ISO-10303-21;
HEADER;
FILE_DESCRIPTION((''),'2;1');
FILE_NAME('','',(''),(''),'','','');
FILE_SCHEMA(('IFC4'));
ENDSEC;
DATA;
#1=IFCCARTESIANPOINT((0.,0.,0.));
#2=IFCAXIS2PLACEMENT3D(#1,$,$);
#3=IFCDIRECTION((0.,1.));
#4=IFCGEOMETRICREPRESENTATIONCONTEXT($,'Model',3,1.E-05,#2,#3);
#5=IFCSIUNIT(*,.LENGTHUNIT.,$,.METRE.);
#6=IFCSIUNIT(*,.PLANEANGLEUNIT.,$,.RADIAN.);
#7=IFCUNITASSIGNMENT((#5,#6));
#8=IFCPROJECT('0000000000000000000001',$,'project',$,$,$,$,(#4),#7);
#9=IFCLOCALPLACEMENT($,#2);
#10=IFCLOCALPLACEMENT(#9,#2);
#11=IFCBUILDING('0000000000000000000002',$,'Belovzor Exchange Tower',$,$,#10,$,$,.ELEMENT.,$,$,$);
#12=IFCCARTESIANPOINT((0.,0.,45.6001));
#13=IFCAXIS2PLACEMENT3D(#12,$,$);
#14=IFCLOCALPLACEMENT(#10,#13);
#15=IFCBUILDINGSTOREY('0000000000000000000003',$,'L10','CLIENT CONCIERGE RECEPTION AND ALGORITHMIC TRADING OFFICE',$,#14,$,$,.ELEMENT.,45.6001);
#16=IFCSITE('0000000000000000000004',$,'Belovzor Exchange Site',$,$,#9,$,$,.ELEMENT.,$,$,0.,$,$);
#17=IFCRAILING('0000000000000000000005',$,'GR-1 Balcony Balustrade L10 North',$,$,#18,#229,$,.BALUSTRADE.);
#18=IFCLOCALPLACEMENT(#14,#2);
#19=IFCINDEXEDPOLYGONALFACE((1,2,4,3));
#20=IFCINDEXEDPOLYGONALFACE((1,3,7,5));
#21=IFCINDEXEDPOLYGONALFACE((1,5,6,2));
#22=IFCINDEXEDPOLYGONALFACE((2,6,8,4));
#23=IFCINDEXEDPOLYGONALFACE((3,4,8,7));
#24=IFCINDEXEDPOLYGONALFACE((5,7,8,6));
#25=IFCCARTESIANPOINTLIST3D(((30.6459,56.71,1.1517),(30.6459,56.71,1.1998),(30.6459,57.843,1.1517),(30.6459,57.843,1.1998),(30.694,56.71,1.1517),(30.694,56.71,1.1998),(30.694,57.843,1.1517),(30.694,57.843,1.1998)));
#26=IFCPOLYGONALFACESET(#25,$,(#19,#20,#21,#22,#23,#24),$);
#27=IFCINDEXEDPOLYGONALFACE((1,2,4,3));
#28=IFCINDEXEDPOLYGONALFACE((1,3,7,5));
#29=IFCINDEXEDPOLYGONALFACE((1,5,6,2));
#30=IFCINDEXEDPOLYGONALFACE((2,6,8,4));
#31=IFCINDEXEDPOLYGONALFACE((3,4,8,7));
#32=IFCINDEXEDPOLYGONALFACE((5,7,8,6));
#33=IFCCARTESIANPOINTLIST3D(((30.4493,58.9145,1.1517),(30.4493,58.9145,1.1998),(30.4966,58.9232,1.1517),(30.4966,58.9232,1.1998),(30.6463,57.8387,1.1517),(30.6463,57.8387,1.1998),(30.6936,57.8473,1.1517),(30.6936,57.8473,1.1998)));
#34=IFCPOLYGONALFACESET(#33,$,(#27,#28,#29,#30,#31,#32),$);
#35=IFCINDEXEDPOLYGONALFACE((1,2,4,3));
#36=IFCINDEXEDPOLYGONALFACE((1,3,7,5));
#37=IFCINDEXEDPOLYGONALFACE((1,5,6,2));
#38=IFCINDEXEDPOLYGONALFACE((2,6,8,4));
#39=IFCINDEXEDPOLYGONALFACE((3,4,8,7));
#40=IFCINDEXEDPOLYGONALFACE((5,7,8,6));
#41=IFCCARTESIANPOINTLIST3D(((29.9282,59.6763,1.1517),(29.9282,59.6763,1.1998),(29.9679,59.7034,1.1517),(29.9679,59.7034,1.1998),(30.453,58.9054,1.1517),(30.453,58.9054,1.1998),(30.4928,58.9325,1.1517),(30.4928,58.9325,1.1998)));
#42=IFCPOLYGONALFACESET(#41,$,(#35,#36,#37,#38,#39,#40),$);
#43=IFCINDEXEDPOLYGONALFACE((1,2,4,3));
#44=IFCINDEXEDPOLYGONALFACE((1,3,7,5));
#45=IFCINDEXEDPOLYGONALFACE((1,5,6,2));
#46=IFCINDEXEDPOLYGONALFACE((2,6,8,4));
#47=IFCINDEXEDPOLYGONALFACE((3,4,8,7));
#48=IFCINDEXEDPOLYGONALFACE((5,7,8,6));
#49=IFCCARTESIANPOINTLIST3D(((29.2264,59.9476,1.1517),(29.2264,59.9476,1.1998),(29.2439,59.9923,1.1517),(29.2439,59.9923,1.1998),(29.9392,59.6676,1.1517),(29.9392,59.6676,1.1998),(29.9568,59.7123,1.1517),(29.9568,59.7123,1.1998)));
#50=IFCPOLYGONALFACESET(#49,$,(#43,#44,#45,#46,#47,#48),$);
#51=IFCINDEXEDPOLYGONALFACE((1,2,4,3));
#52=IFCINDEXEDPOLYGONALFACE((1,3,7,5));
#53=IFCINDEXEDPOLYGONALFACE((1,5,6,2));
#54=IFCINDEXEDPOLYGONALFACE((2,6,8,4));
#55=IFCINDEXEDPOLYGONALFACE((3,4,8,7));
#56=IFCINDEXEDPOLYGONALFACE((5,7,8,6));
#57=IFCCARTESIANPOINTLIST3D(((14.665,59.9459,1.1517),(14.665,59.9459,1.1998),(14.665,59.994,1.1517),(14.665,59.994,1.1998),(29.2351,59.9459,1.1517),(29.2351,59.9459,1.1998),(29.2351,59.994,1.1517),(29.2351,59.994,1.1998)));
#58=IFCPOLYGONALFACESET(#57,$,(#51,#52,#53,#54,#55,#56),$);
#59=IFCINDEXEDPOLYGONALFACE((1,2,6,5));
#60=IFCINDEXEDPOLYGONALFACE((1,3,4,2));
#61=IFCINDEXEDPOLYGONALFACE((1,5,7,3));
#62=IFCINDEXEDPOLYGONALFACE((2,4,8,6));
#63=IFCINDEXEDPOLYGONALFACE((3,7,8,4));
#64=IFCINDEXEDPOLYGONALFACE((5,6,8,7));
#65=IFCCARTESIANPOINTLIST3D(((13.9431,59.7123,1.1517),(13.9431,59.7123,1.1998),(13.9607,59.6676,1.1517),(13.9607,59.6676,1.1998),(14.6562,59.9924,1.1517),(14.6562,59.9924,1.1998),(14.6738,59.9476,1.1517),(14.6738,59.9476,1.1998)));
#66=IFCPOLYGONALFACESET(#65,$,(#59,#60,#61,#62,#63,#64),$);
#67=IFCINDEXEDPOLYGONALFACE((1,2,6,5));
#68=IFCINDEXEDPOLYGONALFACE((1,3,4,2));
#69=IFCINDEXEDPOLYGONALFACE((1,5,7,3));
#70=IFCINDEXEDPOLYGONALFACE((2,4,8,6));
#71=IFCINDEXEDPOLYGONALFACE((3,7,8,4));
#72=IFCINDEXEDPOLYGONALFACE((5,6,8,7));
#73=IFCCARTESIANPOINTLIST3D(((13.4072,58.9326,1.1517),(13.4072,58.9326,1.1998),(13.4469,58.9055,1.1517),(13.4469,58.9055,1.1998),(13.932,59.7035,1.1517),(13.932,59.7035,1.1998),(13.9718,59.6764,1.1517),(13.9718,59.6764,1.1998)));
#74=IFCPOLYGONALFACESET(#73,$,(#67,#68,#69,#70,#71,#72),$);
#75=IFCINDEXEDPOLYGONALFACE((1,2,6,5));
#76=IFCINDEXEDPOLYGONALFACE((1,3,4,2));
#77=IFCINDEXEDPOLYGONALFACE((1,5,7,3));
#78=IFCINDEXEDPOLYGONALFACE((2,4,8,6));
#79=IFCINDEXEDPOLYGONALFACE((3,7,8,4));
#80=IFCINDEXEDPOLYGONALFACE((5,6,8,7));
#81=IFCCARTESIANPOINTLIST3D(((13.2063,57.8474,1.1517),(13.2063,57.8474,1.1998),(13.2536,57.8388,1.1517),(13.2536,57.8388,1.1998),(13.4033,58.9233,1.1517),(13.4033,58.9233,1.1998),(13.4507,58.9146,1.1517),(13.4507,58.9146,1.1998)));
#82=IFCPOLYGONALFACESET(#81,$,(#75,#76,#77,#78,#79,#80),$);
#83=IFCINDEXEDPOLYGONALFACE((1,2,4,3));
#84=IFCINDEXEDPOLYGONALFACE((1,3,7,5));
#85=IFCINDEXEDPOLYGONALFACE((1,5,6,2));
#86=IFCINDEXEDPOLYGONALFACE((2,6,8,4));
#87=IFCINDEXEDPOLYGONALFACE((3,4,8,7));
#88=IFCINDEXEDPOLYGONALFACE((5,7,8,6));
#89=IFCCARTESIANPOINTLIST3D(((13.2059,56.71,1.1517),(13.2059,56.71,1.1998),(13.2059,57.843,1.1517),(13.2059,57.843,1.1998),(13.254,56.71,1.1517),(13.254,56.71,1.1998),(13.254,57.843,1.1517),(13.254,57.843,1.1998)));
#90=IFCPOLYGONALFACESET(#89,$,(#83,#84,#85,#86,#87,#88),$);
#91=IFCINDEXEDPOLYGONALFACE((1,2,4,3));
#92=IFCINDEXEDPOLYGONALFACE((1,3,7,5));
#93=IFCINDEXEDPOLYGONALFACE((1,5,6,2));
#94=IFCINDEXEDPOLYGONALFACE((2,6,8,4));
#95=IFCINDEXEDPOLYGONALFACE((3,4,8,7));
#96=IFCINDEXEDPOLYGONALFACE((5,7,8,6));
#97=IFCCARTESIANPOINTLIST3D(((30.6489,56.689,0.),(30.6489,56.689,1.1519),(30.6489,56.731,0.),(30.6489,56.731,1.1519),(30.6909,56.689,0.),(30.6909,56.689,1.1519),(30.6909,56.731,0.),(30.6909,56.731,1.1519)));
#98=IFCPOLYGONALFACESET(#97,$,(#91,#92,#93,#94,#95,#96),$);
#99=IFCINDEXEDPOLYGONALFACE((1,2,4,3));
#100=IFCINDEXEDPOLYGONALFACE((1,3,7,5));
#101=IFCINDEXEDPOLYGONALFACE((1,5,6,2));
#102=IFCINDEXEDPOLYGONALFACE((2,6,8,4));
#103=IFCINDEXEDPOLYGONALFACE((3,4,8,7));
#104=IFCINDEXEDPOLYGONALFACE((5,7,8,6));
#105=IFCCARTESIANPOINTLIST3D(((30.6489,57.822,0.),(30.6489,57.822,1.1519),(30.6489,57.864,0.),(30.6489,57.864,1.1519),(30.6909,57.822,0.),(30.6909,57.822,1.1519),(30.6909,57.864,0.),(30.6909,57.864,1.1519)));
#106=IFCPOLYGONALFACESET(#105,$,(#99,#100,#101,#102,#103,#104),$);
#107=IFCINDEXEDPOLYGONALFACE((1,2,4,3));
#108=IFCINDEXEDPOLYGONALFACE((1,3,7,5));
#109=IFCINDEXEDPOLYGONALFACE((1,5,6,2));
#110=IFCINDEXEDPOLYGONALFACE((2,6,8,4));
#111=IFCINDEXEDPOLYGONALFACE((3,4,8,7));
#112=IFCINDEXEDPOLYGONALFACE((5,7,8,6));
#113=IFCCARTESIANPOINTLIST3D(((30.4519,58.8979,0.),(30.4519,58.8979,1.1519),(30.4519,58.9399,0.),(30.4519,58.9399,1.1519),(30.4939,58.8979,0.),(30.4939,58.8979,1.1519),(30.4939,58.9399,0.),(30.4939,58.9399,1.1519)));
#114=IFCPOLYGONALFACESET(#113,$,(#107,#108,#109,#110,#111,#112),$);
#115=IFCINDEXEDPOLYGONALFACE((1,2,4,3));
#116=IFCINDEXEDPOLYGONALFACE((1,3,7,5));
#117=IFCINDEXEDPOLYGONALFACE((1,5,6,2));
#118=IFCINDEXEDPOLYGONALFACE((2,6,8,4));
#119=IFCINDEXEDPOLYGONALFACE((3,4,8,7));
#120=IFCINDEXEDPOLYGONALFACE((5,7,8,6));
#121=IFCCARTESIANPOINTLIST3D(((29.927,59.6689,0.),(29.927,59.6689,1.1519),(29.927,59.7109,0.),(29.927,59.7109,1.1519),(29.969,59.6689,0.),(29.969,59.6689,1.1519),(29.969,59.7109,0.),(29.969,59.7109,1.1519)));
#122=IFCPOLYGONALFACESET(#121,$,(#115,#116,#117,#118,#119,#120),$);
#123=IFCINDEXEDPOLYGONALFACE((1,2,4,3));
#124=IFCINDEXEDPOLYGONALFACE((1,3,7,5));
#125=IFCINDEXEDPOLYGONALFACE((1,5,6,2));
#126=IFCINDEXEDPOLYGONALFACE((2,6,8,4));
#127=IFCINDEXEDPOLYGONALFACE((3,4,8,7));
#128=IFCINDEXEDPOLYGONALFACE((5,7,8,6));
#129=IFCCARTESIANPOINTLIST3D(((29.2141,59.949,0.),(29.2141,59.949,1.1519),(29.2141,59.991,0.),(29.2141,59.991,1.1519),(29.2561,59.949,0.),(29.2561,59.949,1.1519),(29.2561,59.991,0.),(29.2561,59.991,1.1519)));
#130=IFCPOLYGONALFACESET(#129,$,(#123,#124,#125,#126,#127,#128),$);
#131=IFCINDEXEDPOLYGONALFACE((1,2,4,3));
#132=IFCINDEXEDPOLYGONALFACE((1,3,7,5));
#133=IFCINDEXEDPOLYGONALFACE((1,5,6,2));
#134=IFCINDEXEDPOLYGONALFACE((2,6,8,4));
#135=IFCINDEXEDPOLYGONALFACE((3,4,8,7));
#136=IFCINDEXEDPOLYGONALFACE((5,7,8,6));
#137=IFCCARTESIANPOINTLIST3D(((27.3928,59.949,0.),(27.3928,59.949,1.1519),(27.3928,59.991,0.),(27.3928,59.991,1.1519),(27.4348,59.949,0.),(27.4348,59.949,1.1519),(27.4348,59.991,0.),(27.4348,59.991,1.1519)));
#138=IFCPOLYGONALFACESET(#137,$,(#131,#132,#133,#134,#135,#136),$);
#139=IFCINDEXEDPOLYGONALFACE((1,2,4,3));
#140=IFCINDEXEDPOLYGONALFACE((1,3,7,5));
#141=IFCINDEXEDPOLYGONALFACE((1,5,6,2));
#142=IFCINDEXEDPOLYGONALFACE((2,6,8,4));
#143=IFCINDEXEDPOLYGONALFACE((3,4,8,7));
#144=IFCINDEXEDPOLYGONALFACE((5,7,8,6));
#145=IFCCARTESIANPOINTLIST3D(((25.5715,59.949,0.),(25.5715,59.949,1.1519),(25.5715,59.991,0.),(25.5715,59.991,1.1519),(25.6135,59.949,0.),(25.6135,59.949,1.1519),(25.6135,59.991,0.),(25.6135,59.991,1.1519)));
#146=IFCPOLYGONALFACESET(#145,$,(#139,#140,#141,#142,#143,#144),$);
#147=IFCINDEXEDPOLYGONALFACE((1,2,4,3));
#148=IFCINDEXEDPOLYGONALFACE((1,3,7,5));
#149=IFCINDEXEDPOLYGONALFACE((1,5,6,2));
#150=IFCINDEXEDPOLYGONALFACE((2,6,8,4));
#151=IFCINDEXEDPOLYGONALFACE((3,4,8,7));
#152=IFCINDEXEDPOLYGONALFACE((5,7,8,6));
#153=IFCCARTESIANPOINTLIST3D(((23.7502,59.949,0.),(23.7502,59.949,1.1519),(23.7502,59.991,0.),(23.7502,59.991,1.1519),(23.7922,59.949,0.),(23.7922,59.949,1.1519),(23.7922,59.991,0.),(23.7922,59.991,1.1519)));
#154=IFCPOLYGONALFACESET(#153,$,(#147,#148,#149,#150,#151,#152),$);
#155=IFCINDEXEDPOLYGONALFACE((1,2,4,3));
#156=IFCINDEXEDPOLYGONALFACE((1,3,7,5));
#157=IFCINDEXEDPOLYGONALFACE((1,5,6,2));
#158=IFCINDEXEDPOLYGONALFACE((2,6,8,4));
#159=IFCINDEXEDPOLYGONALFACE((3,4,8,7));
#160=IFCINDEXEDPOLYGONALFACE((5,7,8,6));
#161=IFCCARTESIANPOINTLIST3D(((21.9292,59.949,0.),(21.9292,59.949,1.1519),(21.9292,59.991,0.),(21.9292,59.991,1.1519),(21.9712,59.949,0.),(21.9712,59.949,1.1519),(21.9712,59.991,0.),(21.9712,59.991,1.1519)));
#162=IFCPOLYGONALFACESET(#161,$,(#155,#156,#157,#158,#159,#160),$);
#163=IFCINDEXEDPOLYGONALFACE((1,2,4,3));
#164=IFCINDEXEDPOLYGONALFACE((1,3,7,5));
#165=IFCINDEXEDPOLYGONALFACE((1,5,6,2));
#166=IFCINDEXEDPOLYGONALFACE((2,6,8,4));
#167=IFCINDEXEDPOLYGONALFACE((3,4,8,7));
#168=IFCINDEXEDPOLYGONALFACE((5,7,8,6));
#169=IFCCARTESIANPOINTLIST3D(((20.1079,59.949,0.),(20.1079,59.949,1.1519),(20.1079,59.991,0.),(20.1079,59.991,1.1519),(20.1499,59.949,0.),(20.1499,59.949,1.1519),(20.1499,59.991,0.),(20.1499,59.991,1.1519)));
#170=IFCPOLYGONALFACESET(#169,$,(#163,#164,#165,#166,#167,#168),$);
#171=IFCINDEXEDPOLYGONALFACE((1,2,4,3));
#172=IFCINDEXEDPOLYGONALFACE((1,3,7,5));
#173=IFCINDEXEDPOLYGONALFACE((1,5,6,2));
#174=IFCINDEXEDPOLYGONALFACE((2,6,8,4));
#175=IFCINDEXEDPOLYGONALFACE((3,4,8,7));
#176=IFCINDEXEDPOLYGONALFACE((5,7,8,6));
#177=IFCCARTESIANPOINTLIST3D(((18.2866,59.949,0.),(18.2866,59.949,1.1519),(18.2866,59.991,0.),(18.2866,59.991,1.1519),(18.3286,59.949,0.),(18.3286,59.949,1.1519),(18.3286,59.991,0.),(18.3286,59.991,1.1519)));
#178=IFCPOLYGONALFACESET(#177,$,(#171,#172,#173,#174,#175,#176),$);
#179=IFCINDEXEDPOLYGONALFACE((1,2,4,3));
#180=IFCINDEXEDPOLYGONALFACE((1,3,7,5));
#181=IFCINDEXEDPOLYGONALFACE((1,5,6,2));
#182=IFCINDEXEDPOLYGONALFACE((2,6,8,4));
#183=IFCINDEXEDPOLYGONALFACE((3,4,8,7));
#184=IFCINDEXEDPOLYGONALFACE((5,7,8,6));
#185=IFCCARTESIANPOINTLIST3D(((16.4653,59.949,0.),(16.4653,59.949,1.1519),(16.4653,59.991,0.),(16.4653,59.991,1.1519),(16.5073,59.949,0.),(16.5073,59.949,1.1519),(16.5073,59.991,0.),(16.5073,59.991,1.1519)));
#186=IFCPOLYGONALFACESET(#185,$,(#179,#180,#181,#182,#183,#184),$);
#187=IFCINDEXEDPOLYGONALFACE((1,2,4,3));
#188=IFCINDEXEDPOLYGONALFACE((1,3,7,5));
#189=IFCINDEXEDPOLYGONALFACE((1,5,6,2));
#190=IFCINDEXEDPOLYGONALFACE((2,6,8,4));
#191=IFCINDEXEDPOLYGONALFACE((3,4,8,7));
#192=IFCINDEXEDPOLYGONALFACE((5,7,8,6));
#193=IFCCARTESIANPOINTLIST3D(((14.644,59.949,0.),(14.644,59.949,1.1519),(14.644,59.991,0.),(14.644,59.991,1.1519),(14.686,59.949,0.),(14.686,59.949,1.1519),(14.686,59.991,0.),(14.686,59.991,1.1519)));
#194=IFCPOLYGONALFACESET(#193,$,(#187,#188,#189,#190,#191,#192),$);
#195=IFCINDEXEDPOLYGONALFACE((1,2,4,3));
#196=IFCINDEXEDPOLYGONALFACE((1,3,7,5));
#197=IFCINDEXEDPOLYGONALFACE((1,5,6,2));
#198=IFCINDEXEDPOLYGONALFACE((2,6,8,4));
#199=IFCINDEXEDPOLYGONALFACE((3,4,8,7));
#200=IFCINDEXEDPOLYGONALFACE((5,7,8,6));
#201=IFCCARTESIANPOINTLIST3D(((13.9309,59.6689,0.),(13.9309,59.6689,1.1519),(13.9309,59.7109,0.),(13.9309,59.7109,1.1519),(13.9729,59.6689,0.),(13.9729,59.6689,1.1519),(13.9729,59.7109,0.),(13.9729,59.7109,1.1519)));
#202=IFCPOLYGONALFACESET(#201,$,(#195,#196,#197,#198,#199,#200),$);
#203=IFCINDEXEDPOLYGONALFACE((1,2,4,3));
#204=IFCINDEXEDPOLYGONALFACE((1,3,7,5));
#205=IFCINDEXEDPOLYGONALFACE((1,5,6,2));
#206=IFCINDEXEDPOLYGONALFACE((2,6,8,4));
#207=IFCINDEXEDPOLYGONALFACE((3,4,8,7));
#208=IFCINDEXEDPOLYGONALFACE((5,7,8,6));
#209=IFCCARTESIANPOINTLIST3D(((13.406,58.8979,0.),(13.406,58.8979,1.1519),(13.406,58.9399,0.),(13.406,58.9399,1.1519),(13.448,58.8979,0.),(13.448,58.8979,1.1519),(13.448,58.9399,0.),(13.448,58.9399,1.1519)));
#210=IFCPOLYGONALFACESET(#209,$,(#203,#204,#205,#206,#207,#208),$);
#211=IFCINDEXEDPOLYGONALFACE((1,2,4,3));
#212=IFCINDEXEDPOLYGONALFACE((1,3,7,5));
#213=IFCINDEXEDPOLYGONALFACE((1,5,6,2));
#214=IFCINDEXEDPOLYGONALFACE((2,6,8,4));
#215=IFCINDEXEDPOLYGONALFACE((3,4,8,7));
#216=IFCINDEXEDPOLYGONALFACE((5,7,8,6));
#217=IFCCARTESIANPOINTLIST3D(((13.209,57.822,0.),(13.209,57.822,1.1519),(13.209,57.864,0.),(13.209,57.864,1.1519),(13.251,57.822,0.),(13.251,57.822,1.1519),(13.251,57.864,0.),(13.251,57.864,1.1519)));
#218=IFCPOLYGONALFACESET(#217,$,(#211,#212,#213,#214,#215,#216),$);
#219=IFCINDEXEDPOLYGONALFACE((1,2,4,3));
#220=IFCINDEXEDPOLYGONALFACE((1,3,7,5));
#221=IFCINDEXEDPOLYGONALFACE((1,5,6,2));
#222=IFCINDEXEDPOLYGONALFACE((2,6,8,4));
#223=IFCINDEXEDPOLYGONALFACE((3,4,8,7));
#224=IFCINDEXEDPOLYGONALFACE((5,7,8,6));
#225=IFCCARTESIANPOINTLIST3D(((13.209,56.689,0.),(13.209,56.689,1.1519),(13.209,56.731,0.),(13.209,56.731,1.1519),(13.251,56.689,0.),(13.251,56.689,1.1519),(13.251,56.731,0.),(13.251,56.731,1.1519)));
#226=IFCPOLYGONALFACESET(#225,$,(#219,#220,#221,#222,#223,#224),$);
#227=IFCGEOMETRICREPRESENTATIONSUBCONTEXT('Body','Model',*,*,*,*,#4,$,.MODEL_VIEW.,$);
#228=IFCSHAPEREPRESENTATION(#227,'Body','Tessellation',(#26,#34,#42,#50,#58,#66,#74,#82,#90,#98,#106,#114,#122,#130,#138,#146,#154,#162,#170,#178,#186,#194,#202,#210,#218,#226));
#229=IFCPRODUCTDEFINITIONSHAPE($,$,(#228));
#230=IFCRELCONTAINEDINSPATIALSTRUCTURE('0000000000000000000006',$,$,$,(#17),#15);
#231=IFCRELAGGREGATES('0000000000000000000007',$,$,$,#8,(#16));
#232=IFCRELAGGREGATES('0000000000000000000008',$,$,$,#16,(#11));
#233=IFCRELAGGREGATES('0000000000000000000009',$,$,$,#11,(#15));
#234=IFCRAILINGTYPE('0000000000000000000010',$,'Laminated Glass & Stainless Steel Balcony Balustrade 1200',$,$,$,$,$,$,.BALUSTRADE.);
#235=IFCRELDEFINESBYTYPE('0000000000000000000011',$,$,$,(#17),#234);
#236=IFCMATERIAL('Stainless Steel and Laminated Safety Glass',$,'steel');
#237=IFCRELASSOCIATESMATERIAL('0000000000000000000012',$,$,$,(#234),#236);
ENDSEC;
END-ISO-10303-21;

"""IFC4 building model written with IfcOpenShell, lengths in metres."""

from ifc_helpers import new_model, si_unit, direction, frame, origin, origin_2d, place, context, subcontext, project, spatial, rectangle, extrude, material, type_object, element, save


model = new_model("IFC4")

# Units and contexts
model_context = context("Model", 3, precision=1e-05, world=origin(), true_north=direction((0.0, 1.0)))
body_context = subcontext(model_context, "Body", "Model", "MODEL_VIEW")
ifc_project = project(units=[si_unit("LENGTHUNIT", "METRE"), si_unit("PLANEANGLEUNIT", "RADIAN")], contexts=[model_context])

# Site, building, storey
site_placement = place(None, origin())
site = spatial("IfcSite", under=ifc_project, at=site_placement, Name="Belovzor Exchange Site", CompositionType="ELEMENT", RefElevation=0.0)
building_placement = place(site_placement, origin())
building = spatial("IfcBuilding", under=site, at=building_placement, Name="Belovzor Exchange Tower", CompositionType="ELEMENT")
storey_placement = place(building_placement, frame((0.0, 0.0, 45.6001)))
storey = spatial("IfcBuildingStorey", under=building, at=storey_placement, Name="L10", Description="CLIENT CONCIERGE RECEPTION AND ALGORITHMIC TRADING OFFICE", CompositionType="ELEMENT", Elevation=45.6001)

# Railing
ifc_material_1 = material(Name="Stainless Steel and Laminated Safety Glass", Category="steel")
railing_type = type_object("IfcRailingType", Name="Laminated Glass & Stainless Steel Balcony Balustrade 1200", PredefinedType="BALUSTRADE", material=ifc_material_1)
railing_placement = place(storey_placement, frame((30.6699, 56.71, 0.0)))
element("IfcRailing", 1, at=railing_placement, inside=storey, type_object=railing_type, Name="GR-1 Balcony Balustrade L10 North", PredefinedType="BALUSTRADE", context=body_context, shape_type="SweptSolid", body=[
    extrude(rectangle(XDim=0.0481, YDim=0.0481, at=origin_2d()), frame((0.0, 0.0, 1.1758), z_axis=(0.0, 1.0, 0.0), x_axis=(-1.0, 0.0, 0.0)), (0.0, 0.0, 1.0), 1.1331),
    extrude(rectangle(XDim=0.0481, YDim=0.0481, at=origin_2d()), frame((0.0, 1.1331, 1.1758), z_axis=(-0.180123, 0.983644, 0.0), x_axis=(-0.983644, -0.180123, 0.0)), (0.0, 0.0, 1.0), 1.0938),
    extrude(rectangle(XDim=0.0481, YDim=0.0481, at=origin_2d()), frame((-0.197, 2.209, 1.1758), z_axis=(-0.562768, 0.826615, 0.0), x_axis=(-0.826615, -0.562768, 0.0)), (0.0, 0.0, 1.0), 0.9326),
    extrude(rectangle(XDim=0.0481, YDim=0.0481, at=origin_2d()), frame((-0.7219, 2.98, 1.1758), z_axis=(-0.930767, 0.365613, 0.0), x_axis=(-0.365613, -0.930767, 0.0)), (0.0, 0.0, 1.0), 0.7659),
    extrude(rectangle(XDim=0.0481, YDim=0.0481, at=origin_2d()), frame((-1.4348, 3.26, 1.1758), z_axis=(-1.0, 0.0, 0.0), x_axis=(0.0, -1.0, 0.0)), (0.0, 0.0, 1.0), 14.5701),
    extrude(rectangle(XDim=0.0481, YDim=0.0481, at=origin_2d()), frame((-16.0049, 3.26, 1.1758), z_axis=(-0.93081, -0.365504, 0.0), x_axis=(0.365504, -0.93081, 0.0)), (0.0, 0.0, 1.0), 0.7661),
    extrude(rectangle(XDim=0.0481, YDim=0.0481, at=origin_2d()), frame((-16.718, 2.98, 1.1758), z_axis=(-0.562768, -0.826615, 0.0), x_axis=(0.826615, -0.562768, 0.0)), (0.0, 0.0, 1.0), 0.9326),
    extrude(rectangle(XDim=0.0481, YDim=0.0481, at=origin_2d()), frame((-17.2429, 2.209, 1.1758), z_axis=(-0.180123, -0.983644, 0.0), x_axis=(0.983644, -0.180123, 0.0)), (0.0, 0.0, 1.0), 1.0938),
    extrude(rectangle(XDim=0.0481, YDim=0.0481, at=origin_2d()), frame((-17.4399, 1.1331, 1.1758), z_axis=(0.0, -1.0, 0.0), x_axis=(1.0, 0.0, 0.0)), (0.0, 0.0, 1.0), 1.1331),
    extrude(rectangle(XDim=0.042, YDim=0.042, at=origin_2d()), origin(), (0.0, 0.0, 1.0), 1.1519),
    extrude(rectangle(XDim=0.042, YDim=0.042, at=origin_2d()), frame((0.0, 1.1331, 0.0)), (0.0, 0.0, 1.0), 1.1519),
    extrude(rectangle(XDim=0.042, YDim=0.042, at=origin_2d()), frame((-0.197, 2.209, 0.0)), (0.0, 0.0, 1.0), 1.1519),
    extrude(rectangle(XDim=0.042, YDim=0.042, at=origin_2d()), frame((-0.7219, 2.98, 0.0)), (0.0, 0.0, 1.0), 1.1519),
    extrude(rectangle(XDim=0.042, YDim=0.042, at=origin_2d()), frame((-1.4348, 3.26, 0.0)), (0.0, 0.0, 1.0), 1.1519),
    extrude(rectangle(XDim=0.042, YDim=0.042, at=origin_2d()), frame((-3.2561, 3.26, 0.0)), (0.0, 0.0, 1.0), 1.1519),
    extrude(rectangle(XDim=0.042, YDim=0.042, at=origin_2d()), frame((-5.0774, 3.26, 0.0)), (0.0, 0.0, 1.0), 1.1519),
    extrude(rectangle(XDim=0.042, YDim=0.042, at=origin_2d()), frame((-6.8987, 3.26, 0.0)), (0.0, 0.0, 1.0), 1.1519),
    extrude(rectangle(XDim=0.042, YDim=0.042, at=origin_2d()), frame((-8.7197, 3.26, 0.0)), (0.0, 0.0, 1.0), 1.1519),
    extrude(rectangle(XDim=0.042, YDim=0.042, at=origin_2d()), frame((-10.541, 3.26, 0.0)), (0.0, 0.0, 1.0), 1.1519),
    extrude(rectangle(XDim=0.042, YDim=0.042, at=origin_2d()), frame((-12.3623, 3.26, 0.0)), (0.0, 0.0, 1.0), 1.1519),
    extrude(rectangle(XDim=0.042, YDim=0.042, at=origin_2d()), frame((-14.1836, 3.26, 0.0)), (0.0, 0.0, 1.0), 1.1519),
    extrude(rectangle(XDim=0.042, YDim=0.042, at=origin_2d()), frame((-16.0049, 3.26, 0.0)), (0.0, 0.0, 1.0), 1.1519),
    extrude(rectangle(XDim=0.042, YDim=0.042, at=origin_2d()), frame((-16.718, 2.98, 0.0)), (0.0, 0.0, 1.0), 1.1519),
    extrude(rectangle(XDim=0.042, YDim=0.042, at=origin_2d()), frame((-17.2429, 2.209, 0.0)), (0.0, 0.0, 1.0), 1.1519),
    extrude(rectangle(XDim=0.042, YDim=0.042, at=origin_2d()), frame((-17.4399, 1.1331, 0.0)), (0.0, 0.0, 1.0), 1.1519),
    extrude(rectangle(XDim=0.042, YDim=0.042, at=origin_2d()), frame((-17.4399, 0.0, 0.0)), (0.0, 0.0, 1.0), 1.1519),
])

save(model, "model.ifc")
